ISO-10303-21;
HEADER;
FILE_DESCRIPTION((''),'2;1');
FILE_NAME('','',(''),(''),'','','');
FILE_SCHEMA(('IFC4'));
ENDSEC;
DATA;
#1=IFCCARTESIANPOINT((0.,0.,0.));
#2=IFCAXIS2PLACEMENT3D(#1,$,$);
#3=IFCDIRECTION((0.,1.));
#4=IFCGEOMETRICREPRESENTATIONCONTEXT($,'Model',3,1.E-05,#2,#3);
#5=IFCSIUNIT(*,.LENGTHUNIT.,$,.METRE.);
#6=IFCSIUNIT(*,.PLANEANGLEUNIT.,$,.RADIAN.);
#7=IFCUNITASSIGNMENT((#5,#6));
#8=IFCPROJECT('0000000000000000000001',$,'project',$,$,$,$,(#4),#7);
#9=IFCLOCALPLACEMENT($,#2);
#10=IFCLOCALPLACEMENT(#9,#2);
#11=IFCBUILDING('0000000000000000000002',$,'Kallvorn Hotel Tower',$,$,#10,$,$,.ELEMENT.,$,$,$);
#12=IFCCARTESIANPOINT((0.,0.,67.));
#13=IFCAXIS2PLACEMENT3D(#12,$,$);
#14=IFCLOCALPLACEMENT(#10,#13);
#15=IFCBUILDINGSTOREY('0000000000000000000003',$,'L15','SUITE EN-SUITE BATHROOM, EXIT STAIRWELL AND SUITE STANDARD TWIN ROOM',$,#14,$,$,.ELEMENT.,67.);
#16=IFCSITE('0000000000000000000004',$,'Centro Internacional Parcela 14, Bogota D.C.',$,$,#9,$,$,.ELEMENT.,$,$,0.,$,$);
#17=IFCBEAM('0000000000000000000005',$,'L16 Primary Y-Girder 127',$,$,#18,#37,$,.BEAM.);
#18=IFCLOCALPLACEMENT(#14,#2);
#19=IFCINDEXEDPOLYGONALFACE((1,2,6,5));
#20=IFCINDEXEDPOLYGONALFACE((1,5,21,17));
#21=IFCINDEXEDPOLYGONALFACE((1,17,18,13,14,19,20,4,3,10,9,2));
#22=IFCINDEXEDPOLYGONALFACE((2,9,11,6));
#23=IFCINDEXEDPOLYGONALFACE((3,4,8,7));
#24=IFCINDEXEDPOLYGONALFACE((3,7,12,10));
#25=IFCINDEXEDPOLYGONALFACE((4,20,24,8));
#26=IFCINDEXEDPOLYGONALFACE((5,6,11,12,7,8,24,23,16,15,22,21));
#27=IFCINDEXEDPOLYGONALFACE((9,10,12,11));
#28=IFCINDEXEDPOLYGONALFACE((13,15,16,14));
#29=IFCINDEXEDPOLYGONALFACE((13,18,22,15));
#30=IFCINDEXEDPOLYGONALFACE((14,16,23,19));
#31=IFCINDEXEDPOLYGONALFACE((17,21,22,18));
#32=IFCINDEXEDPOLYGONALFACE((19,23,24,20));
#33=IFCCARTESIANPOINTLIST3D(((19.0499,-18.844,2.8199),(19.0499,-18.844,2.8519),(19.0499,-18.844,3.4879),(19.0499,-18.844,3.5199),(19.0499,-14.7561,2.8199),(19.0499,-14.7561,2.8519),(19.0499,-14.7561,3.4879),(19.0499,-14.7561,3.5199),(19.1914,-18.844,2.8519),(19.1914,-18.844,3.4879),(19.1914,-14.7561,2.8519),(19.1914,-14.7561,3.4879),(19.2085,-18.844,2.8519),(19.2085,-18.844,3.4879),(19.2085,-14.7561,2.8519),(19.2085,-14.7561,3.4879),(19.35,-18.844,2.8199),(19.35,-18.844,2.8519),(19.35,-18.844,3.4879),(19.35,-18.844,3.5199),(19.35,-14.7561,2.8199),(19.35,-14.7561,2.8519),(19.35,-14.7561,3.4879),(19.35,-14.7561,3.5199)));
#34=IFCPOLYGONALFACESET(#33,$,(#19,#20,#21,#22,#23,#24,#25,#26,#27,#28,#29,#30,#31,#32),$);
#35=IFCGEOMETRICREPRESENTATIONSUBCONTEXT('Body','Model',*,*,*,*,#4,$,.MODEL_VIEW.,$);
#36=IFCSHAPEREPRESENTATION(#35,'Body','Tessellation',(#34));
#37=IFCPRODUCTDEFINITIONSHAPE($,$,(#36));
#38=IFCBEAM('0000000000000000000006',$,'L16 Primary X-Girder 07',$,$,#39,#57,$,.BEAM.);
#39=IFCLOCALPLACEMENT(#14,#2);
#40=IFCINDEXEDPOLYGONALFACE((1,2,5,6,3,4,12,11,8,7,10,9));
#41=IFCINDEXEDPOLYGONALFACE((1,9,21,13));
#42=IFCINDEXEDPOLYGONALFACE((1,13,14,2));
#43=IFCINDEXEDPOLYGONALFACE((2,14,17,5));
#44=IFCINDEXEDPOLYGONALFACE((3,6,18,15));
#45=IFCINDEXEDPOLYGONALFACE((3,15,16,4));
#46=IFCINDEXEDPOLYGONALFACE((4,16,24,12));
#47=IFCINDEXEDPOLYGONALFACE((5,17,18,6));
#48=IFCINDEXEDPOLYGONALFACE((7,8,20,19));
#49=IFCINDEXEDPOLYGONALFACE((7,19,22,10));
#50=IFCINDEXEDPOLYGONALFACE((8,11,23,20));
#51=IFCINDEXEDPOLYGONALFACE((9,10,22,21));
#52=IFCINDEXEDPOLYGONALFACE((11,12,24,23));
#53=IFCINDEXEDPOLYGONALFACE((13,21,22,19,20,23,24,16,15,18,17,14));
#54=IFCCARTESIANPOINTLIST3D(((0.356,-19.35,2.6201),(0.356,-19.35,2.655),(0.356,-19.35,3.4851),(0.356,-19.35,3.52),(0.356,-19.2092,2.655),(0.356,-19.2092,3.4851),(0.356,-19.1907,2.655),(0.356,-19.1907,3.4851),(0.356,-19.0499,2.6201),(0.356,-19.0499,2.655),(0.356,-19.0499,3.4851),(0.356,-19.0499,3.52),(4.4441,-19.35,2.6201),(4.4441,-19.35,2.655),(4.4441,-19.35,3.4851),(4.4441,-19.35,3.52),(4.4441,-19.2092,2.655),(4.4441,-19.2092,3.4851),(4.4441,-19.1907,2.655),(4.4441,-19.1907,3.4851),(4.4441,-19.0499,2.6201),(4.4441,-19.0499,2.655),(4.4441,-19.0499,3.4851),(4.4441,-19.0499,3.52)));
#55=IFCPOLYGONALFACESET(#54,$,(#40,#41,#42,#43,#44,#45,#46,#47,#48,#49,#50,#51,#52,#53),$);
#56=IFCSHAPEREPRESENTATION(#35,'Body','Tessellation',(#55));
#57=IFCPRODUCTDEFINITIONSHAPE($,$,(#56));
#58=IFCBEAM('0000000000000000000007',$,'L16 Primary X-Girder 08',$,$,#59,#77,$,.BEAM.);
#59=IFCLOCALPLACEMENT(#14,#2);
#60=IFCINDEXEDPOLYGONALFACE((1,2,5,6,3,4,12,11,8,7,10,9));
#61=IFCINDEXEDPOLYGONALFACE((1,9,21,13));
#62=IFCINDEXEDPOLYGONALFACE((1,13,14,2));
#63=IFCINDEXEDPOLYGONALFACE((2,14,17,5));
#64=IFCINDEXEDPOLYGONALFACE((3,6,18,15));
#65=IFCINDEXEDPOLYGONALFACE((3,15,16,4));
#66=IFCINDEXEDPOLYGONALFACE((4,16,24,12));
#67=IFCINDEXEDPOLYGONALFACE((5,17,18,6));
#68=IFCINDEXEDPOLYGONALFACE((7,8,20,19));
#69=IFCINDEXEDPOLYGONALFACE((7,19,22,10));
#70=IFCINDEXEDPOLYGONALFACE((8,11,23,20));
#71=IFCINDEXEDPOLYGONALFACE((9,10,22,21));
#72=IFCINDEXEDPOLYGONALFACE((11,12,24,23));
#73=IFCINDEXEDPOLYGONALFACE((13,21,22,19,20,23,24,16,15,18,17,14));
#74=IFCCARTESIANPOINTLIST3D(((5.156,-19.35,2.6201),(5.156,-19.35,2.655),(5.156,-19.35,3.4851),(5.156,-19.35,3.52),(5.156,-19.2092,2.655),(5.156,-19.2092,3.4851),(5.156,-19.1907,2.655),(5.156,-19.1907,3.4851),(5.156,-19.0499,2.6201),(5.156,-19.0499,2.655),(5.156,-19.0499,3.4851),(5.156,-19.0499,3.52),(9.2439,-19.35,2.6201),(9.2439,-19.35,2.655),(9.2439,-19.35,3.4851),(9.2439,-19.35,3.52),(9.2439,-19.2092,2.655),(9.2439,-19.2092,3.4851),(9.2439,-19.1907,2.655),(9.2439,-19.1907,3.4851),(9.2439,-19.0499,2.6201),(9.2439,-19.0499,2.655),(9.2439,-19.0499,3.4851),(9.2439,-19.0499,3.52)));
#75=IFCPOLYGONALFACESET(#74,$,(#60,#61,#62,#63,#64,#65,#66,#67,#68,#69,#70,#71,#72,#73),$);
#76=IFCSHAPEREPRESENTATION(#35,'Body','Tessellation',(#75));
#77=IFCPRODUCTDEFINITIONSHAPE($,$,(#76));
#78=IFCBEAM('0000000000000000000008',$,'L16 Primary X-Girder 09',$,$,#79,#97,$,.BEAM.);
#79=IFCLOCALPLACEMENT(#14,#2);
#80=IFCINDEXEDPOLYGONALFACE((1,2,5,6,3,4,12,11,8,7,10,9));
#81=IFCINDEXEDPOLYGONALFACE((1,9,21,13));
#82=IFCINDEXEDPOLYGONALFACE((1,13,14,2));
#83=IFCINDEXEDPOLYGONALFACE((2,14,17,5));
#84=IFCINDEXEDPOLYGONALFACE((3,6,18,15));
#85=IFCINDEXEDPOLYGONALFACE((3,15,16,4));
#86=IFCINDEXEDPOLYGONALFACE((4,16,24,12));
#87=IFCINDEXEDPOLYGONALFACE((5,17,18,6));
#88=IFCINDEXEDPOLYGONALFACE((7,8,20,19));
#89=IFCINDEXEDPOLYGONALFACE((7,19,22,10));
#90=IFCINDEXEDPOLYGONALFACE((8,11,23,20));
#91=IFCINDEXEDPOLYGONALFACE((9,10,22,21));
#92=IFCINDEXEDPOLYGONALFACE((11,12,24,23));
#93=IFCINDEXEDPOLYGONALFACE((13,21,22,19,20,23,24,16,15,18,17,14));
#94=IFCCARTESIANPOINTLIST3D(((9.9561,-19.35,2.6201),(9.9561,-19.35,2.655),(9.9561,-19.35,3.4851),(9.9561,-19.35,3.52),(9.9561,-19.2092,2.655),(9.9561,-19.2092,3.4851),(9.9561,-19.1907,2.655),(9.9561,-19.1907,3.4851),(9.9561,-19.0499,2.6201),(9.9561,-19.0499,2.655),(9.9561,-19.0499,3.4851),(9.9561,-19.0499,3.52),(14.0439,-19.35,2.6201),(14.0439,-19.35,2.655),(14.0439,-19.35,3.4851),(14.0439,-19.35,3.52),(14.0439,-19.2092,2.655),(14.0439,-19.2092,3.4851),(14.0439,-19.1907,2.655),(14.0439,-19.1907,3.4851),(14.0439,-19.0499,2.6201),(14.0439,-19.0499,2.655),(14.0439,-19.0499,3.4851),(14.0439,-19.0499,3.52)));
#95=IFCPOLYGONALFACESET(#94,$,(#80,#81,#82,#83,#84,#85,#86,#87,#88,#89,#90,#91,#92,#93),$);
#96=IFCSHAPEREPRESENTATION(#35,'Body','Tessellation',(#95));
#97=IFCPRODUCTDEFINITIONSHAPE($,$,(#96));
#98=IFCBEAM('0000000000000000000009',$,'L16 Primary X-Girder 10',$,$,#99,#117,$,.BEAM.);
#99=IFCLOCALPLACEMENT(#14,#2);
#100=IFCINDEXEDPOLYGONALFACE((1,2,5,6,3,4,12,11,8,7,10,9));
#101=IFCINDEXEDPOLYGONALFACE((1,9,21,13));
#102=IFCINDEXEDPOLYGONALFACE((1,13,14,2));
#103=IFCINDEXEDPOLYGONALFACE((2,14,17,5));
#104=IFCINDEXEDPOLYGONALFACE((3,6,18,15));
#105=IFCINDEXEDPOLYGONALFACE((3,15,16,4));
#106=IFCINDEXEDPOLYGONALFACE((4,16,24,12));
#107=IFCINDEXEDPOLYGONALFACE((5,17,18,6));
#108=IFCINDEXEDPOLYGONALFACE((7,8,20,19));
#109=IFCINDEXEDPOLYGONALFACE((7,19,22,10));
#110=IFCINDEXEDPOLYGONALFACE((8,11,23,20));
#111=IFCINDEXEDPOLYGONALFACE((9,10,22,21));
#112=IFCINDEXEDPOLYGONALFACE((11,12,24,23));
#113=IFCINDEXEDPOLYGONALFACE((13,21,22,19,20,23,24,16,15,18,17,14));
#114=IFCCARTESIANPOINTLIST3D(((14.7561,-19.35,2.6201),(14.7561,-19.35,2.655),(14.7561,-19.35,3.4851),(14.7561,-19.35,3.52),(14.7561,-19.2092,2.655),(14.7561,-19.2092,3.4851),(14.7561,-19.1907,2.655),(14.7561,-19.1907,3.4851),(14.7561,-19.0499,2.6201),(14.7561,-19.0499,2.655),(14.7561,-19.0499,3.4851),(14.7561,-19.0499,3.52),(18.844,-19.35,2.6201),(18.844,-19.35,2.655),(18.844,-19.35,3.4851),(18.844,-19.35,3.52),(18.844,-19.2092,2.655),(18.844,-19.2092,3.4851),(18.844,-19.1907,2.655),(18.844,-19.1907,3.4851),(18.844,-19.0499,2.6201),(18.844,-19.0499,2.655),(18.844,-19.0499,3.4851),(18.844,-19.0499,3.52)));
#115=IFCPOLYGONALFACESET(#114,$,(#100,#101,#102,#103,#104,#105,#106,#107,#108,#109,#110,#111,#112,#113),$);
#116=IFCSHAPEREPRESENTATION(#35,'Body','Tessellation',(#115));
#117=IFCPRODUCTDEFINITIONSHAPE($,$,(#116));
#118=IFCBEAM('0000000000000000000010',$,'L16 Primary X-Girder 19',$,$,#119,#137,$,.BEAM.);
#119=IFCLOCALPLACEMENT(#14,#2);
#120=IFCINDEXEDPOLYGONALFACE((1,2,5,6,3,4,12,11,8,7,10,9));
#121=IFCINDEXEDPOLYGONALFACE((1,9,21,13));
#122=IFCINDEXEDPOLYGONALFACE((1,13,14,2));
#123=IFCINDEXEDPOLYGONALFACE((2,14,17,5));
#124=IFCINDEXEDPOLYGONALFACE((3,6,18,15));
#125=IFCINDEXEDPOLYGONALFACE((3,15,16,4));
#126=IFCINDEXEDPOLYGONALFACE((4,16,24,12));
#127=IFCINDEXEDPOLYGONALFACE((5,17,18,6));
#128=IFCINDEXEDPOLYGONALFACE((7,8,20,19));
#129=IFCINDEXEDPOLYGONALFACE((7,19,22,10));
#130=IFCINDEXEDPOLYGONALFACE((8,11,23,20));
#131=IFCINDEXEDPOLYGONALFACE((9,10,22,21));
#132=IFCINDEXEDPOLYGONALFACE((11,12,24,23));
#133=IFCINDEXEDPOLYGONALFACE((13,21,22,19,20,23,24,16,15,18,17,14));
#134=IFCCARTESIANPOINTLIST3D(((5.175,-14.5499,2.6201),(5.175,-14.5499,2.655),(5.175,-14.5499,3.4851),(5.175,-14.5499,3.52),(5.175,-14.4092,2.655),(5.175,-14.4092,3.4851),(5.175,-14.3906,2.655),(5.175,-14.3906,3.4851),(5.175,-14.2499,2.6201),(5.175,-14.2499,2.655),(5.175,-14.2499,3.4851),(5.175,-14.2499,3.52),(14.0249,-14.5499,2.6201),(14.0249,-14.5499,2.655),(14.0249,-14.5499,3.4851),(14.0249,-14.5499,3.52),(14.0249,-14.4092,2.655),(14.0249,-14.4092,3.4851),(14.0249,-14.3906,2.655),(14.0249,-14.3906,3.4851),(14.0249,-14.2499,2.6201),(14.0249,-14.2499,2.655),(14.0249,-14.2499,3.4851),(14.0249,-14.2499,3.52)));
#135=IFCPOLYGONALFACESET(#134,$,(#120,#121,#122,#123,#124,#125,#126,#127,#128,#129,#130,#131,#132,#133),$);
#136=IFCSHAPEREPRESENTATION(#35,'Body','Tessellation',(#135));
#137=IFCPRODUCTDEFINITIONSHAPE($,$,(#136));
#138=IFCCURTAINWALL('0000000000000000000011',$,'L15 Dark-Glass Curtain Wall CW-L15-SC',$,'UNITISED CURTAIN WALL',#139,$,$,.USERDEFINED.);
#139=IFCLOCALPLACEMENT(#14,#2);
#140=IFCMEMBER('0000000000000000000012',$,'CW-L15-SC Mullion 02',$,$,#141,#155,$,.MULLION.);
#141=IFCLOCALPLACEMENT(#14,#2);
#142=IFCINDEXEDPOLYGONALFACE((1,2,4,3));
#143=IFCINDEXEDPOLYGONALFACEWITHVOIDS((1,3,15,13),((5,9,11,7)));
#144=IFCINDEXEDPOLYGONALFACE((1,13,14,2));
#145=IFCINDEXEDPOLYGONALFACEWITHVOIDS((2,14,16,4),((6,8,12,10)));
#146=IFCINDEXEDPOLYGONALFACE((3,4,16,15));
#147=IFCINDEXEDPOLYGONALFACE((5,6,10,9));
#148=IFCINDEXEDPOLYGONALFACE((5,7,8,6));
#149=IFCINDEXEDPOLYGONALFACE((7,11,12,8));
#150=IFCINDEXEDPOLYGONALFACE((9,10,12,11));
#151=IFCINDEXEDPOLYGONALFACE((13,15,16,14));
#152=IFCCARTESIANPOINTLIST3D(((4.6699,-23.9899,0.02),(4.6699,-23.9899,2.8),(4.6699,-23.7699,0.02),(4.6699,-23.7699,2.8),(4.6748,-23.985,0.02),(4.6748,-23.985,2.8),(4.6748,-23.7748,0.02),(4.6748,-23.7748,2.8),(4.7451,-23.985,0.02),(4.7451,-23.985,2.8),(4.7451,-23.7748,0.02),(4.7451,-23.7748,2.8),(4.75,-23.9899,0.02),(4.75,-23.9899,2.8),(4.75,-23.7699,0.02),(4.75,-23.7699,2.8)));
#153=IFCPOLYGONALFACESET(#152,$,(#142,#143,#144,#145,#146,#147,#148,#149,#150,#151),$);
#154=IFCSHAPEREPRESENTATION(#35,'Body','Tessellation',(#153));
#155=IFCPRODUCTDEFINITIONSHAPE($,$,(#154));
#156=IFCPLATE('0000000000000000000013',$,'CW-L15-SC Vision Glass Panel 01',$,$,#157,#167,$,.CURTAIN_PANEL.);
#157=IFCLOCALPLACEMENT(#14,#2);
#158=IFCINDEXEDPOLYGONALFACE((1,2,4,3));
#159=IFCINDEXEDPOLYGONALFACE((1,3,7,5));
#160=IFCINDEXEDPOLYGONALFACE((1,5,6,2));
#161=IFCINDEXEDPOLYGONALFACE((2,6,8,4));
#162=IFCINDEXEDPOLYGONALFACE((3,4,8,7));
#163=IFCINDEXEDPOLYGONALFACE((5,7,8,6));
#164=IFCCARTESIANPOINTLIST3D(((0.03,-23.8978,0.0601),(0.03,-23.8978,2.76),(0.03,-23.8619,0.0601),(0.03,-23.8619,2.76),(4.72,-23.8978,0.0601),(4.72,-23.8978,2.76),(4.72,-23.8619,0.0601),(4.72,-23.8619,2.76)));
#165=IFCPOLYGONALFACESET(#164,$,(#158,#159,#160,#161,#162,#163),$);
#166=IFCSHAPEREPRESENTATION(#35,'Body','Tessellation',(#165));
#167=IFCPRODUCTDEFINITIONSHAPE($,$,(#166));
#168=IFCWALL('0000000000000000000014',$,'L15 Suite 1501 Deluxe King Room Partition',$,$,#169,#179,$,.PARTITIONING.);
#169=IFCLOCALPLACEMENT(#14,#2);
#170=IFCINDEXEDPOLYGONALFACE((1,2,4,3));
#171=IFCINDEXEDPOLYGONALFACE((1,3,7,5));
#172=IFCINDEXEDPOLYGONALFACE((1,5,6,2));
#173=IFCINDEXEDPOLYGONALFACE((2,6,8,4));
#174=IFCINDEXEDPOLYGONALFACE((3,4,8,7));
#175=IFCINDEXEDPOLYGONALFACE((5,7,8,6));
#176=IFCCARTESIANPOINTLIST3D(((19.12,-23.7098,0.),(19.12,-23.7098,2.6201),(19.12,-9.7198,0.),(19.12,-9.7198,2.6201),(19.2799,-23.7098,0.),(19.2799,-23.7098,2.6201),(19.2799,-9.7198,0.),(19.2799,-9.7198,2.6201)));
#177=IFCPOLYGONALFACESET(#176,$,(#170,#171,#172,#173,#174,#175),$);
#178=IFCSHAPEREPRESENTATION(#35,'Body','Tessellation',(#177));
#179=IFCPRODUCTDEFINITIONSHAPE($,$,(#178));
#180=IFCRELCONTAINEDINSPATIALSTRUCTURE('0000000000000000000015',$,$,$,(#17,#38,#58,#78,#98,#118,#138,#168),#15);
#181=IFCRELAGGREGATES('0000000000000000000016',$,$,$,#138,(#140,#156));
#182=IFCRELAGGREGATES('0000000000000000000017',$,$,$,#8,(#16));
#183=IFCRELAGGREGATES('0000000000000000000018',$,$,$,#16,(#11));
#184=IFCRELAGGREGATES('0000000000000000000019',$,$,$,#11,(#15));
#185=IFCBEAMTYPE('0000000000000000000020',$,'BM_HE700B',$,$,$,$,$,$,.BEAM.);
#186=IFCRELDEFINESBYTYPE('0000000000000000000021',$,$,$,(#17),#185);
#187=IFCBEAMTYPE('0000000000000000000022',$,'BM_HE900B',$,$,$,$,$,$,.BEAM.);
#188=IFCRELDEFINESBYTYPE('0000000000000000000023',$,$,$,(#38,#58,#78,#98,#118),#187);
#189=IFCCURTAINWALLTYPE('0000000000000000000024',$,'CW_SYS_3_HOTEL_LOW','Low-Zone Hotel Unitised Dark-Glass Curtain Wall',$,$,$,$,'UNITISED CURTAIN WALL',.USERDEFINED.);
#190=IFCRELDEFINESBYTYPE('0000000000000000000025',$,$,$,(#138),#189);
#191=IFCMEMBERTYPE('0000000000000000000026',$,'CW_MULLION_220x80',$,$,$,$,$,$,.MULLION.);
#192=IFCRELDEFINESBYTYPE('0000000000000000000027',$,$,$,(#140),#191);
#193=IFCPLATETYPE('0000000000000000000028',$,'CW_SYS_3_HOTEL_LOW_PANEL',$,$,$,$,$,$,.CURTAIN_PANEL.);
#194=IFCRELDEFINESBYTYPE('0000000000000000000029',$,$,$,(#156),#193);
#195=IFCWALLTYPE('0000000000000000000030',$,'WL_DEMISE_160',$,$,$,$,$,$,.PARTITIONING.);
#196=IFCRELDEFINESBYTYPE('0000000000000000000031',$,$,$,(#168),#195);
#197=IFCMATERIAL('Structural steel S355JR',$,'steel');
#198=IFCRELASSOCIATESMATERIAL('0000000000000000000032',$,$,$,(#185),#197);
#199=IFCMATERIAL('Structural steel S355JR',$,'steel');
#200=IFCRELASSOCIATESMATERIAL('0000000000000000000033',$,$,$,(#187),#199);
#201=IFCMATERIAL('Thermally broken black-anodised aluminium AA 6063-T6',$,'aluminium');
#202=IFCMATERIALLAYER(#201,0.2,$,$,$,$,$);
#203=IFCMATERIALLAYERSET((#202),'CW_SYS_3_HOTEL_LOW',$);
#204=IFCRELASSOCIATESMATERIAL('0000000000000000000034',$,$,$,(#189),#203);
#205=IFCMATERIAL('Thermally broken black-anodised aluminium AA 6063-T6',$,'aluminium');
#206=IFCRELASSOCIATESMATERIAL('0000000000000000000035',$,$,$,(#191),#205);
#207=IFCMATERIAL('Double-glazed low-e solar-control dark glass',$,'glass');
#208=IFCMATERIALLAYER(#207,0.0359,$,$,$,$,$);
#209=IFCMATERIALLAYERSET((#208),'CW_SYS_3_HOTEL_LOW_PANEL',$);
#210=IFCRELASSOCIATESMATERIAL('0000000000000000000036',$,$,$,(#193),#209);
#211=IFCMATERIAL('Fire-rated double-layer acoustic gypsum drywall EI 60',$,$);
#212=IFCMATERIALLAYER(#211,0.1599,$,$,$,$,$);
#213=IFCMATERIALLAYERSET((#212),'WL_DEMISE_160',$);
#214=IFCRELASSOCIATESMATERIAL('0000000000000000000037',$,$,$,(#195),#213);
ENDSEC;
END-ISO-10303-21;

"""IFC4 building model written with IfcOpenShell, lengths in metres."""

from ifc_helpers import new_model, si_unit, direction, frame, frame_2d, origin, origin_2d, place, context, subcontext, project, spatial, rectangle, hollow_rectangle, i_section, extrude, material, layer, layer_set, material_profile, profile_set, type_object, element, aggregate, save


model = new_model("IFC4")

# Units and contexts
model_context = context("Model", 3, precision=1e-05, world=origin(), true_north=direction((0.0, 1.0)))
body_context = subcontext(model_context, "Body", "Model", "MODEL_VIEW")
ifc_project = project(units=[si_unit("LENGTHUNIT", "METRE"), si_unit("PLANEANGLEUNIT", "RADIAN")], contexts=[model_context])

# Site, building, storey
site_placement = place(None, origin())
site = spatial("IfcSite", under=ifc_project, at=site_placement, Name="Centro Internacional Parcela 14, Bogota D.C.", CompositionType="ELEMENT", RefElevation=0.0)
building_placement = place(site_placement, origin())
building = spatial("IfcBuilding", under=site, at=building_placement, Name="Kallvorn Hotel Tower", CompositionType="ELEMENT")
storey_placement = place(building_placement, frame((0.0, 0.0, 67.0)))
storey = spatial("IfcBuildingStorey", under=building, at=storey_placement, Name="L15", Description="SUITE EN-SUITE BATHROOM, EXIT STAIRWELL AND SUITE STANDARD TWIN ROOM", CompositionType="ELEMENT", Elevation=67.0)

# Beams
ifc_material_1 = material(Name="Structural steel S355JR", Category="steel")
ifc_material_profile_1 = material_profile(ifc_material_1, i_section(OverallWidth=0.3, OverallDepth=0.7, WebThickness=0.0171, FlangeThickness=0.032, at=origin_2d()), Name="HE 700 B")
ifc_profile_set_1 = profile_set([ifc_material_profile_1], Name="Structural steel S355JR")
beam_type_1 = type_object("IfcBeamType", Name="BM_HE700B", PredefinedType="BEAM", material=ifc_profile_set_1)
beam_1_placement = place(storey_placement, frame((19.2, -18.844, 3.1699), z_axis=(0.0, 1.0, 0.0), x_axis=(-1.0, 0.0, 0.0)))
element("IfcBeam", 1, at=beam_1_placement, inside=storey, type_object=beam_type_1, Name="L16 Primary Y-Girder 127", PredefinedType="BEAM", context=body_context, shape_type="SweptSolid", body=[
    extrude(i_section(OverallWidth=0.3, OverallDepth=0.7, WebThickness=0.0171, FlangeThickness=0.032, at=origin_2d()), origin(), (0.0, 0.0, 1.0), 4.0879),
])
ifc_material_2 = material(Name="Structural steel S355JR", Category="steel")
ifc_material_profile_2 = material_profile(ifc_material_2, i_section(OverallWidth=0.3, OverallDepth=0.8999, WebThickness=0.0186, FlangeThickness=0.0349, at=origin_2d()), Name="HE 900 B")
ifc_profile_set_2 = profile_set([ifc_material_profile_2], Name="Structural steel S355JR")
beam_type_2 = type_object("IfcBeamType", Name="BM_HE900B", PredefinedType="BEAM", material=ifc_profile_set_2)
beam_2_placement = place(storey_placement, frame((0.356, -19.2, 3.0701), z_axis=(1.0, 0.0, 0.0), x_axis=(0.0, 1.0, 0.0)))
element("IfcBeam", 2, at=beam_2_placement, inside=storey, type_object=beam_type_2, Name="L16 Primary X-Girder 07", PredefinedType="BEAM", context=body_context, shape_type="SweptSolid", body=[
    extrude(i_section(OverallWidth=0.3, OverallDepth=0.8999, WebThickness=0.0186, FlangeThickness=0.0349, at=origin_2d()), origin(), (0.0, 0.0, 1.0), 4.0881),
])
for number, where, z_axis, x_axis, name in (
    (3, (5.156, -19.2, 3.0701), (1.0, 0.0, 0.0), (0.0, 1.0, 0.0), "L16 Primary X-Girder 08"),
    (4, (9.9561, -19.2, 3.0701), (1.0, 0.0, 0.0), (0.0, 1.0, 0.0), "L16 Primary X-Girder 09"),
    (5, (14.7561, -19.2, 3.0701), (1.0, 0.0, 0.0), (0.0, 1.0, 0.0), "L16 Primary X-Girder 10"),
):
    element("IfcBeam", number, at=place(storey_placement, frame(where, z_axis=z_axis, x_axis=x_axis)), inside=storey, type_object=beam_type_2, Name=name, PredefinedType="BEAM", context=body_context, shape_type="SweptSolid", body=[
        extrude(i_section(OverallWidth=0.3, OverallDepth=0.8999, WebThickness=0.0186, FlangeThickness=0.0349, at=origin_2d()), origin(), (0.0, 0.0, 1.0), 4.0879),
    ])
beam_3_placement = place(storey_placement, frame((5.175, -14.3999, 3.0701), z_axis=(1.0, 0.0, 0.0), x_axis=(0.0, 1.0, 0.0)))
element("IfcBeam", 6, at=beam_3_placement, inside=storey, type_object=beam_type_2, Name="L16 Primary X-Girder 19", PredefinedType="BEAM", context=body_context, shape_type="SweptSolid", body=[
    extrude(i_section(OverallWidth=0.3, OverallDepth=0.8999, WebThickness=0.0186, FlangeThickness=0.0349, at=origin_2d()), origin(), (0.0, 0.0, 1.0), 8.8499),
])

# Curtain wall, member, plate
ifc_material_3 = material(Name="Thermally broken black-anodised aluminium AA 6063-T6", Category="aluminium")
ifc_layer_1 = layer(ifc_material_3, 0.2)
ifc_layer_set_1 = layer_set([ifc_layer_1], Name="CW_SYS_3_HOTEL_LOW")
curtain_wall_type = type_object("IfcCurtainWallType", Name="CW_SYS_3_HOTEL_LOW", Description="Low-Zone Hotel Unitised Dark-Glass Curtain Wall", ElementType="UNITISED CURTAIN WALL", PredefinedType="USERDEFINED", material=ifc_layer_set_1)
curtain_wall_placement = place(storey_placement, origin())
curtain_wall = element("IfcCurtainWall", 7, at=curtain_wall_placement, inside=storey, type_object=curtain_wall_type, Name="L15 Dark-Glass Curtain Wall CW-L15-SC", ObjectType="UNITISED CURTAIN WALL", PredefinedType="USERDEFINED")
ifc_material_4 = material(Name="Thermally broken black-anodised aluminium AA 6063-T6", Category="aluminium")
ifc_material_profile_3 = material_profile(ifc_material_4, hollow_rectangle(XDim=0.0801, YDim=0.22, WallThickness=0.0049, at=origin_2d()), Name="MUL 220x80")
ifc_profile_set_3 = profile_set([ifc_material_profile_3], Name="Thermally broken black-anodised aluminium AA 6063-T6")
member_type = type_object("IfcMemberType", Name="CW_MULLION_220x80", PredefinedType="MULLION", material=ifc_profile_set_3)
member_placement = place(storey_placement, frame((4.71, -23.8799, 0.02), z_axis=(0.0, 0.0, 1.0), x_axis=(1.0, 0.0, 0.0)))
member = element("IfcMember", 8, at=member_placement, type_object=member_type, Name="CW-L15-SC Mullion 02", PredefinedType="MULLION", context=body_context, shape_type="SweptSolid", body=[
    extrude(hollow_rectangle(XDim=0.0801, YDim=0.22, WallThickness=0.0049, at=origin_2d()), origin(), (0.0, 0.0, 1.0), 2.78),
])
ifc_material_5 = material(Name="Double-glazed low-e solar-control dark glass", Category="glass")
ifc_layer_2 = layer(ifc_material_5, 0.0359)
ifc_layer_set_2 = layer_set([ifc_layer_2], Name="CW_SYS_3_HOTEL_LOW_PANEL")
plate_type = type_object("IfcPlateType", Name="CW_SYS_3_HOTEL_LOW_PANEL", PredefinedType="CURTAIN_PANEL", material=ifc_layer_set_2)
plate_placement = place(storey_placement, frame((2.375, -23.8799, 0.0601), z_axis=(0.0, 0.0, 1.0), x_axis=(1.0, 0.0, 0.0)))
plate = element("IfcPlate", 9, at=plate_placement, type_object=plate_type, Name="CW-L15-SC Vision Glass Panel 01", PredefinedType="CURTAIN_PANEL", context=body_context, shape_type="SweptSolid", body=[
    extrude(rectangle(XDim=4.6899, YDim=0.0359, at=origin_2d()), origin(), (0.0, 0.0, 1.0), 2.7),
])
aggregate(curtain_wall, [member, plate])

# Wall
ifc_material_6 = material(Name="Fire-rated double-layer acoustic gypsum drywall EI 60")
ifc_layer_3 = layer(ifc_material_6, 0.1599)
ifc_layer_set_3 = layer_set([ifc_layer_3], Name="WL_DEMISE_160")
wall_type_1 = type_object("IfcWallType", Name="WL_DEMISE_160", PredefinedType="PARTITIONING", material=ifc_layer_set_3)
wall_1_placement = place(storey_placement, frame((19.2, -23.71, 0.0), z_axis=(0.0, 0.0, 1.0), x_axis=(0.0, 1.0, 0.0)))
element("IfcWall", 10, at=wall_1_placement, inside=storey, type_object=wall_type_1, Name="L15 Suite 1501 Deluxe King Room Partition", PredefinedType="PARTITIONING", context=body_context, shape_type="SweptSolid", body=[
    extrude(rectangle(XDim=13.99, YDim=0.1599, at=frame_2d((6.9951, 0.0))), origin(), (0.0, 0.0, 1.0), 2.6201),
])

save(model, "model.ifc")
